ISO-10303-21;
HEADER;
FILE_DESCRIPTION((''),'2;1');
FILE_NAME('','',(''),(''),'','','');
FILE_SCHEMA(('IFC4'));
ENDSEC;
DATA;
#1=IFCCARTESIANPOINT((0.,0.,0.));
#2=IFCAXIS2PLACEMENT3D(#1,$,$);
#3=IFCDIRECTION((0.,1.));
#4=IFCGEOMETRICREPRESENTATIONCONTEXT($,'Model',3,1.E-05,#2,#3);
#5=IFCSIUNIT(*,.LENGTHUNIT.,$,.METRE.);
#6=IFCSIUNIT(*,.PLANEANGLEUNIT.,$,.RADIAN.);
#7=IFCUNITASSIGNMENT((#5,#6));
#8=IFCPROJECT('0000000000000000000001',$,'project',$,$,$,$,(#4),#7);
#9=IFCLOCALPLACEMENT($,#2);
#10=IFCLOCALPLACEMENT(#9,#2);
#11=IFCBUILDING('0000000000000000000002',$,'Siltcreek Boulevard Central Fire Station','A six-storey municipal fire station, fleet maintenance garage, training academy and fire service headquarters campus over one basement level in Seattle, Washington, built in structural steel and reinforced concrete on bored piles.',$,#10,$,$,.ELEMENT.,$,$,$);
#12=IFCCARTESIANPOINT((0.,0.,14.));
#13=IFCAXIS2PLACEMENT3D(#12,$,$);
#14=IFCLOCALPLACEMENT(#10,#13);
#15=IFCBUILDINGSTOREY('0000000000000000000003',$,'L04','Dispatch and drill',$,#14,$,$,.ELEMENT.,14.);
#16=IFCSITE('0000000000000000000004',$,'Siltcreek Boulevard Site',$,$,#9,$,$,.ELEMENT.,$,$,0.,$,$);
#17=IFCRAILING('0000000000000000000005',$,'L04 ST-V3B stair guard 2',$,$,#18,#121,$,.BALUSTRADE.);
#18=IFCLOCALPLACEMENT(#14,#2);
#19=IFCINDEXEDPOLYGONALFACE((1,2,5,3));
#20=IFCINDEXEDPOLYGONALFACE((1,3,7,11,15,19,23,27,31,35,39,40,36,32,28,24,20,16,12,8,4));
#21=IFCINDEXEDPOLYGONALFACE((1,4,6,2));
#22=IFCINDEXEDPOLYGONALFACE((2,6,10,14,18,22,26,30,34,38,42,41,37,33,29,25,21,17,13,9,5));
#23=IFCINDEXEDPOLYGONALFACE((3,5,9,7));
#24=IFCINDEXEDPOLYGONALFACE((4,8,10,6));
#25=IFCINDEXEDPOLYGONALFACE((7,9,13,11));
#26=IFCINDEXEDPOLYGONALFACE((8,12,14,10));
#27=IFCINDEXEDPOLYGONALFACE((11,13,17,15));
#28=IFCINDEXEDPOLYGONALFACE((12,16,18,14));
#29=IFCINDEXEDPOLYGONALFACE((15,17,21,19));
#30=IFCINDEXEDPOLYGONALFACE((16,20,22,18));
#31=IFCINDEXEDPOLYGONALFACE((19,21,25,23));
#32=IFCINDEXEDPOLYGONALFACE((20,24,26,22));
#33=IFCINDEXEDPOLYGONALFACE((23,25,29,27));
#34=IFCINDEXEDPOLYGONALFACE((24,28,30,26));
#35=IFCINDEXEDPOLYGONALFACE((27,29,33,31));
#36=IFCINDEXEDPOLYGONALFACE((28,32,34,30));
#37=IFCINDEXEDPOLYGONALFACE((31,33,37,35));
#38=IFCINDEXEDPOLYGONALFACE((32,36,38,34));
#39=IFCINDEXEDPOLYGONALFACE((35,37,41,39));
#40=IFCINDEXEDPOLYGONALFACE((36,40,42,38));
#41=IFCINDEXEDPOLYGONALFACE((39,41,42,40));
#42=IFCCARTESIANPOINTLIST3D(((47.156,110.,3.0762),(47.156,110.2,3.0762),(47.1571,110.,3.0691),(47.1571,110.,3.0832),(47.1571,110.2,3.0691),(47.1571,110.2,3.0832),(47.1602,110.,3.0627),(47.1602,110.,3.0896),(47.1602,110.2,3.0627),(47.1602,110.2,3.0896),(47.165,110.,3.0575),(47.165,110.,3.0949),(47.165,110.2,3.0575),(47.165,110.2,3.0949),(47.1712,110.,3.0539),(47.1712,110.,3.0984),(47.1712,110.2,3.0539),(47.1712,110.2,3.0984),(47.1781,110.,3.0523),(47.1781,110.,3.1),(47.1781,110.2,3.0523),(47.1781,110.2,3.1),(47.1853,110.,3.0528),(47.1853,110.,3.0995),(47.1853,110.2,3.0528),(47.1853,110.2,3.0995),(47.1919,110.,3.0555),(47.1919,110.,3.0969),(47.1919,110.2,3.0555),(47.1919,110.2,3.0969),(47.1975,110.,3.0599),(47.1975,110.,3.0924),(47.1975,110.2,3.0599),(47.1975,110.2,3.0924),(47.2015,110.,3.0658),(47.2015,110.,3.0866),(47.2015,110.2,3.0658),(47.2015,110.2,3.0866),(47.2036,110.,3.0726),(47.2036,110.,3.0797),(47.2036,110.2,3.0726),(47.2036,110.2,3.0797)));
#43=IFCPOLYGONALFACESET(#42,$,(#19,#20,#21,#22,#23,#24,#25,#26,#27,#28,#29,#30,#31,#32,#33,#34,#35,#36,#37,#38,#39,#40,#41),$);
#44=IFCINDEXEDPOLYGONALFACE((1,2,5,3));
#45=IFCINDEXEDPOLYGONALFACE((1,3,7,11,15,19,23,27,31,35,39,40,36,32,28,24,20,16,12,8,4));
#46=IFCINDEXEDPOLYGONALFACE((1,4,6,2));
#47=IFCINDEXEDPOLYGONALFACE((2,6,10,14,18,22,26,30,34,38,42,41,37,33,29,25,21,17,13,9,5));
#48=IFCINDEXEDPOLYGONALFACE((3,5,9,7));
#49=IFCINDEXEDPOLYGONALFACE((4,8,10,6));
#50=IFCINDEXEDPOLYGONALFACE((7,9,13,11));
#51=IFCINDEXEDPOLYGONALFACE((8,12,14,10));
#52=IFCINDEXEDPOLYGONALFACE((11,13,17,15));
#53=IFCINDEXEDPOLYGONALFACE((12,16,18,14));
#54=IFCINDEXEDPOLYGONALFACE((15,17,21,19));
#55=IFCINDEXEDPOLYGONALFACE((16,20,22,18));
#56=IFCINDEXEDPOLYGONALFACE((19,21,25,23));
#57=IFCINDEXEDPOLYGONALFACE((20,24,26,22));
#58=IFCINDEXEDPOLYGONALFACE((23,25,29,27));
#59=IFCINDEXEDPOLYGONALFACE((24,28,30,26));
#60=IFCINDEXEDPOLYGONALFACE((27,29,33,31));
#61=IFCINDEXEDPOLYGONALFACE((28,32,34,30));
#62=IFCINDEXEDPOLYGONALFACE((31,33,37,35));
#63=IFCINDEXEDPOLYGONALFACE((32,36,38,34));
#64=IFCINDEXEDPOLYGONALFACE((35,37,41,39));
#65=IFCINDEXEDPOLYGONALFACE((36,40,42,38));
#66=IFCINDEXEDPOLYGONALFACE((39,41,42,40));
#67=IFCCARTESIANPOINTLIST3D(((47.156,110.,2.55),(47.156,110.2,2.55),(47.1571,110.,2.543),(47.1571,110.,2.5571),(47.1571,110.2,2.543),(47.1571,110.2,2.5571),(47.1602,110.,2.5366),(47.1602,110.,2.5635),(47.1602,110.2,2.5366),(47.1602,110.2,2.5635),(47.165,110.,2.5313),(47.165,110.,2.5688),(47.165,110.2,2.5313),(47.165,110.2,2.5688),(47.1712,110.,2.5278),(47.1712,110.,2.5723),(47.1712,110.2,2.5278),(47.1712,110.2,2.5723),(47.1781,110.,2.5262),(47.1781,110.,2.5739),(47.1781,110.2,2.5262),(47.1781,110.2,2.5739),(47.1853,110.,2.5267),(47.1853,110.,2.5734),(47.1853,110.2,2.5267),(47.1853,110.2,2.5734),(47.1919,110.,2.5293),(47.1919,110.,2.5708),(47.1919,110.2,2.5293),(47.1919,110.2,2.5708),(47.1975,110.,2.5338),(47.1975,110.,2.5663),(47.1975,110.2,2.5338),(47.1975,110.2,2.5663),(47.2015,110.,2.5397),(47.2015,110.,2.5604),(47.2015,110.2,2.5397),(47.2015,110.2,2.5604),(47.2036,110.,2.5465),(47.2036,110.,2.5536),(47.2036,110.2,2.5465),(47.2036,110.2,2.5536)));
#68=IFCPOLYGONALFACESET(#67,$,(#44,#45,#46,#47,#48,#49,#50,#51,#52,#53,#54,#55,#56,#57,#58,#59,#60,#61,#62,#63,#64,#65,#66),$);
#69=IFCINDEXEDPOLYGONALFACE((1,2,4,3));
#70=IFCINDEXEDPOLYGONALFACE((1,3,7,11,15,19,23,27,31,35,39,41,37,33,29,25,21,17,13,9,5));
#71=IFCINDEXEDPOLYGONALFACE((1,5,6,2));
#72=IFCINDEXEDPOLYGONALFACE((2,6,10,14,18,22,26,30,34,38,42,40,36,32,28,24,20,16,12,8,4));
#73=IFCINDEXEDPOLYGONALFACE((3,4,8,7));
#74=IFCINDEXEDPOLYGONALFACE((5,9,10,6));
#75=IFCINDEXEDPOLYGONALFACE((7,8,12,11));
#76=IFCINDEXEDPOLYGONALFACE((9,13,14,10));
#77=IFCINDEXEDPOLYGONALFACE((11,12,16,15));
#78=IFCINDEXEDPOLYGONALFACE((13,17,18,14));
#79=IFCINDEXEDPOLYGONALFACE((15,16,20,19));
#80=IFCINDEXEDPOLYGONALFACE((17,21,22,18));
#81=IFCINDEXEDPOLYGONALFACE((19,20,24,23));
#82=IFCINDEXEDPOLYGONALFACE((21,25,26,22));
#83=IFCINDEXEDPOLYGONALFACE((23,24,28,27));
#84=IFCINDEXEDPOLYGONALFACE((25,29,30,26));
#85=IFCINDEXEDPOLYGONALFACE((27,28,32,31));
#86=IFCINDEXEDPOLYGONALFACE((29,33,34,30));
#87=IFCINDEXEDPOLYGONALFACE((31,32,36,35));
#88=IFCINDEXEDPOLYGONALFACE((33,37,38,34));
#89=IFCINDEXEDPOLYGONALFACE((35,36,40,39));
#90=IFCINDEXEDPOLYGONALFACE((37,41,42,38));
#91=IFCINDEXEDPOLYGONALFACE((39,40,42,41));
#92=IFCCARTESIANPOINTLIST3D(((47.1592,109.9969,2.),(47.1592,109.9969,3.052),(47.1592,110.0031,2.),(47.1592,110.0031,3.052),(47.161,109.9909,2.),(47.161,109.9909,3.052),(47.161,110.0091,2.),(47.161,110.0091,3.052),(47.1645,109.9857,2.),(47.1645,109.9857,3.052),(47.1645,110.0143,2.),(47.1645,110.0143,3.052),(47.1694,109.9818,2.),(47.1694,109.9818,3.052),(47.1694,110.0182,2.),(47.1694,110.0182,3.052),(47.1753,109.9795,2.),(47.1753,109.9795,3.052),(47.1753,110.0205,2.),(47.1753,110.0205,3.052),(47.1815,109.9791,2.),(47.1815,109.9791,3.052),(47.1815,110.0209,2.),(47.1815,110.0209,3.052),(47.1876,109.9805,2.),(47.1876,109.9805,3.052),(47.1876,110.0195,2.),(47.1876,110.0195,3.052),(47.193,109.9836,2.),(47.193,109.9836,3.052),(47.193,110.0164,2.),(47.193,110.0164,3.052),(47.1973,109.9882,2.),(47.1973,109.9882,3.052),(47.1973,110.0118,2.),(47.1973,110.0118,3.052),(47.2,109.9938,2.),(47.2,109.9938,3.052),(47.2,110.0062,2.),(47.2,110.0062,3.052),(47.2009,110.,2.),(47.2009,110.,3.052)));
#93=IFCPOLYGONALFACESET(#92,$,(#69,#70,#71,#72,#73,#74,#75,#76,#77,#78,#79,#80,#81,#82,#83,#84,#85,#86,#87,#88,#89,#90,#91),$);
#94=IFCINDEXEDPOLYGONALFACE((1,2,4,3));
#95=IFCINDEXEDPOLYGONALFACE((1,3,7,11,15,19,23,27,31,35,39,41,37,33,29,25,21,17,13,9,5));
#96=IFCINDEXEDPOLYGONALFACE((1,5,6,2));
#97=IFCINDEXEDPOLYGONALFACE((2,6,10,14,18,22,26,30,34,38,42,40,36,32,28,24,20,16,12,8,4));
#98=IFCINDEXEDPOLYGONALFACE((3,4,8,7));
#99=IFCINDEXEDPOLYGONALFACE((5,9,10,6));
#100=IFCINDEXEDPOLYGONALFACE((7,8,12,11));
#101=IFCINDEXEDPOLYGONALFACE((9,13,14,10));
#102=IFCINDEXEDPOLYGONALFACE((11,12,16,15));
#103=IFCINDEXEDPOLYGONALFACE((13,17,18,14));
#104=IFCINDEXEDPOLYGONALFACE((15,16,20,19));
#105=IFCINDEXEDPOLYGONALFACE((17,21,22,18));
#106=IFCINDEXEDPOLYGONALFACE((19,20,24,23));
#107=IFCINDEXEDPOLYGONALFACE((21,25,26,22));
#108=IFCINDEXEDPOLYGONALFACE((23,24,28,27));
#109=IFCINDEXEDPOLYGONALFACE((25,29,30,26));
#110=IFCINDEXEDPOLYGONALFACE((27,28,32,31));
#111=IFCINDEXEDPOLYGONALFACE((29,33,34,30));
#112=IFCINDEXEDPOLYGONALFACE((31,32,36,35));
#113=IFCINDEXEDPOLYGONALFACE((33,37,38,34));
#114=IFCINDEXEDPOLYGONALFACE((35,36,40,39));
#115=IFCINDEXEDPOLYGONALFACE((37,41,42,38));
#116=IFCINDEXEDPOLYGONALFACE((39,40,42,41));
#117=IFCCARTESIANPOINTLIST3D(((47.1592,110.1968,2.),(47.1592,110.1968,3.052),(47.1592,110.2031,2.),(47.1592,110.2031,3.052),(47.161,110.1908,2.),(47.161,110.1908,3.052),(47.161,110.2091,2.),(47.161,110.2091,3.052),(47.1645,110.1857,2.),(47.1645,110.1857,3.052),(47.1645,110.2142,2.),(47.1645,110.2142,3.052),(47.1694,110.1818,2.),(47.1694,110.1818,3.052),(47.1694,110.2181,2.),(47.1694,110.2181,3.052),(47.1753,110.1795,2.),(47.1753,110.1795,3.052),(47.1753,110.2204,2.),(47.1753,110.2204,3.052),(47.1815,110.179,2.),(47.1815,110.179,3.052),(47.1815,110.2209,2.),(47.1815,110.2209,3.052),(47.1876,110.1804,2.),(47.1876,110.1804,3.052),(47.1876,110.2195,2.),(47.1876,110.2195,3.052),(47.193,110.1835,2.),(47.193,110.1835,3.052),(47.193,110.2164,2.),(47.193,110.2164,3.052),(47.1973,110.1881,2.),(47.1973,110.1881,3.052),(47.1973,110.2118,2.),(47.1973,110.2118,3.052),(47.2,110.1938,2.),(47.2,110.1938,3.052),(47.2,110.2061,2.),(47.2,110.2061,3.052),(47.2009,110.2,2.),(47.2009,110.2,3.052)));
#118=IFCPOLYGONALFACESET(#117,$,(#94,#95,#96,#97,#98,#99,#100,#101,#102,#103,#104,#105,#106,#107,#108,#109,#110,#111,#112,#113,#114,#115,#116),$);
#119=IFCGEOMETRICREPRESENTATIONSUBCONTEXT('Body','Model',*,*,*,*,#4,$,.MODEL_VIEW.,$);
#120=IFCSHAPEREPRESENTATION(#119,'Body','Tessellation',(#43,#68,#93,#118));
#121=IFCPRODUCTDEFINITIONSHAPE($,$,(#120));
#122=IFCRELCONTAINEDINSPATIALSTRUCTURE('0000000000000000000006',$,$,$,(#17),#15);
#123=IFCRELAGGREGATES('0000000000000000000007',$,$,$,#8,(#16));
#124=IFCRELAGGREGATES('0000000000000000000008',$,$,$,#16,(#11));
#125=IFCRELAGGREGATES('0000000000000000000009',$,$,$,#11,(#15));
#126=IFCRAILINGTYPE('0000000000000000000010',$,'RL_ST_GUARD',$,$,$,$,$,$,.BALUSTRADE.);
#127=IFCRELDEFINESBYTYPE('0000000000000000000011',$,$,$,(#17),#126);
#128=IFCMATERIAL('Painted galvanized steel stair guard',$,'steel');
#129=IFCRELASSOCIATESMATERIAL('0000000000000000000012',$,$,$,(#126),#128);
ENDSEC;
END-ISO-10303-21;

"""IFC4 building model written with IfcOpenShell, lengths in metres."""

from ifc_helpers import new_model, si_unit, direction, frame, origin, origin_2d, place, context, subcontext, project, spatial, circle, extrude, material, type_object, element, save


model = new_model("IFC4")

# Units and contexts
model_context = context("Model", 3, precision=1e-05, world=origin(), true_north=direction((0.0, 1.0)))
body_context = subcontext(model_context, "Body", "Model", "MODEL_VIEW")
ifc_project = project(units=[si_unit("LENGTHUNIT", "METRE"), si_unit("PLANEANGLEUNIT", "RADIAN")], contexts=[model_context])

# Site, building, storey
site_placement = place(None, origin())
site = spatial("IfcSite", under=ifc_project, at=site_placement, Name="Siltcreek Boulevard Site", CompositionType="ELEMENT", RefElevation=0.0)
building_placement = place(site_placement, origin())
building = spatial("IfcBuilding", under=site, at=building_placement, Name="Siltcreek Boulevard Central Fire Station", Description="A six-storey municipal fire station, fleet maintenance garage, training academy and fire service headquarters campus over one basement level in Seattle, Washington, built in structural steel and reinforced concrete on bored piles.", CompositionType="ELEMENT")
storey_placement = place(building_placement, frame((0.0, 0.0, 14.0)))
storey = spatial("IfcBuildingStorey", under=building, at=storey_placement, Name="L04", Description="Dispatch and drill", CompositionType="ELEMENT", Elevation=14.0)

# Railing
ifc_material_1 = material(Name="Painted galvanized steel stair guard", Category="steel")
railing_type_1 = type_object("IfcRailingType", Name="RL_ST_GUARD", PredefinedType="BALUSTRADE", material=ifc_material_1)
railing_1_placement = place(storey_placement, frame((47.1799, 110.0, 2.0)))
element("IfcRailing", 1, at=railing_1_placement, inside=storey, type_object=railing_type_1, Name="L04 ST-V3B stair guard 2", PredefinedType="BALUSTRADE", context=body_context, shape_type="SweptSolid", body=[
    extrude(circle(Radius=0.0239, at=origin_2d()), frame((0.0, 0.0, 1.0762), z_axis=(0.0, 1.0, 0.0), x_axis=(-1.0, 0.0, 0.0)), (0.0, 0.0, 1.0), 0.2),
    extrude(circle(Radius=0.0239, at=origin_2d()), frame((0.0, 0.0, 0.55), z_axis=(0.0, 1.0, 0.0), x_axis=(-1.0, 0.0, 0.0)), (0.0, 0.0, 1.0), 0.2),
    extrude(circle(Radius=0.021, at=origin_2d()), origin(), (0.0, 0.0, 1.0), 1.052),
    extrude(circle(Radius=0.021, at=origin_2d()), frame((0.0, 0.2, 0.0)), (0.0, 0.0, 1.0), 1.052),
])

save(model, "model.ifc")
